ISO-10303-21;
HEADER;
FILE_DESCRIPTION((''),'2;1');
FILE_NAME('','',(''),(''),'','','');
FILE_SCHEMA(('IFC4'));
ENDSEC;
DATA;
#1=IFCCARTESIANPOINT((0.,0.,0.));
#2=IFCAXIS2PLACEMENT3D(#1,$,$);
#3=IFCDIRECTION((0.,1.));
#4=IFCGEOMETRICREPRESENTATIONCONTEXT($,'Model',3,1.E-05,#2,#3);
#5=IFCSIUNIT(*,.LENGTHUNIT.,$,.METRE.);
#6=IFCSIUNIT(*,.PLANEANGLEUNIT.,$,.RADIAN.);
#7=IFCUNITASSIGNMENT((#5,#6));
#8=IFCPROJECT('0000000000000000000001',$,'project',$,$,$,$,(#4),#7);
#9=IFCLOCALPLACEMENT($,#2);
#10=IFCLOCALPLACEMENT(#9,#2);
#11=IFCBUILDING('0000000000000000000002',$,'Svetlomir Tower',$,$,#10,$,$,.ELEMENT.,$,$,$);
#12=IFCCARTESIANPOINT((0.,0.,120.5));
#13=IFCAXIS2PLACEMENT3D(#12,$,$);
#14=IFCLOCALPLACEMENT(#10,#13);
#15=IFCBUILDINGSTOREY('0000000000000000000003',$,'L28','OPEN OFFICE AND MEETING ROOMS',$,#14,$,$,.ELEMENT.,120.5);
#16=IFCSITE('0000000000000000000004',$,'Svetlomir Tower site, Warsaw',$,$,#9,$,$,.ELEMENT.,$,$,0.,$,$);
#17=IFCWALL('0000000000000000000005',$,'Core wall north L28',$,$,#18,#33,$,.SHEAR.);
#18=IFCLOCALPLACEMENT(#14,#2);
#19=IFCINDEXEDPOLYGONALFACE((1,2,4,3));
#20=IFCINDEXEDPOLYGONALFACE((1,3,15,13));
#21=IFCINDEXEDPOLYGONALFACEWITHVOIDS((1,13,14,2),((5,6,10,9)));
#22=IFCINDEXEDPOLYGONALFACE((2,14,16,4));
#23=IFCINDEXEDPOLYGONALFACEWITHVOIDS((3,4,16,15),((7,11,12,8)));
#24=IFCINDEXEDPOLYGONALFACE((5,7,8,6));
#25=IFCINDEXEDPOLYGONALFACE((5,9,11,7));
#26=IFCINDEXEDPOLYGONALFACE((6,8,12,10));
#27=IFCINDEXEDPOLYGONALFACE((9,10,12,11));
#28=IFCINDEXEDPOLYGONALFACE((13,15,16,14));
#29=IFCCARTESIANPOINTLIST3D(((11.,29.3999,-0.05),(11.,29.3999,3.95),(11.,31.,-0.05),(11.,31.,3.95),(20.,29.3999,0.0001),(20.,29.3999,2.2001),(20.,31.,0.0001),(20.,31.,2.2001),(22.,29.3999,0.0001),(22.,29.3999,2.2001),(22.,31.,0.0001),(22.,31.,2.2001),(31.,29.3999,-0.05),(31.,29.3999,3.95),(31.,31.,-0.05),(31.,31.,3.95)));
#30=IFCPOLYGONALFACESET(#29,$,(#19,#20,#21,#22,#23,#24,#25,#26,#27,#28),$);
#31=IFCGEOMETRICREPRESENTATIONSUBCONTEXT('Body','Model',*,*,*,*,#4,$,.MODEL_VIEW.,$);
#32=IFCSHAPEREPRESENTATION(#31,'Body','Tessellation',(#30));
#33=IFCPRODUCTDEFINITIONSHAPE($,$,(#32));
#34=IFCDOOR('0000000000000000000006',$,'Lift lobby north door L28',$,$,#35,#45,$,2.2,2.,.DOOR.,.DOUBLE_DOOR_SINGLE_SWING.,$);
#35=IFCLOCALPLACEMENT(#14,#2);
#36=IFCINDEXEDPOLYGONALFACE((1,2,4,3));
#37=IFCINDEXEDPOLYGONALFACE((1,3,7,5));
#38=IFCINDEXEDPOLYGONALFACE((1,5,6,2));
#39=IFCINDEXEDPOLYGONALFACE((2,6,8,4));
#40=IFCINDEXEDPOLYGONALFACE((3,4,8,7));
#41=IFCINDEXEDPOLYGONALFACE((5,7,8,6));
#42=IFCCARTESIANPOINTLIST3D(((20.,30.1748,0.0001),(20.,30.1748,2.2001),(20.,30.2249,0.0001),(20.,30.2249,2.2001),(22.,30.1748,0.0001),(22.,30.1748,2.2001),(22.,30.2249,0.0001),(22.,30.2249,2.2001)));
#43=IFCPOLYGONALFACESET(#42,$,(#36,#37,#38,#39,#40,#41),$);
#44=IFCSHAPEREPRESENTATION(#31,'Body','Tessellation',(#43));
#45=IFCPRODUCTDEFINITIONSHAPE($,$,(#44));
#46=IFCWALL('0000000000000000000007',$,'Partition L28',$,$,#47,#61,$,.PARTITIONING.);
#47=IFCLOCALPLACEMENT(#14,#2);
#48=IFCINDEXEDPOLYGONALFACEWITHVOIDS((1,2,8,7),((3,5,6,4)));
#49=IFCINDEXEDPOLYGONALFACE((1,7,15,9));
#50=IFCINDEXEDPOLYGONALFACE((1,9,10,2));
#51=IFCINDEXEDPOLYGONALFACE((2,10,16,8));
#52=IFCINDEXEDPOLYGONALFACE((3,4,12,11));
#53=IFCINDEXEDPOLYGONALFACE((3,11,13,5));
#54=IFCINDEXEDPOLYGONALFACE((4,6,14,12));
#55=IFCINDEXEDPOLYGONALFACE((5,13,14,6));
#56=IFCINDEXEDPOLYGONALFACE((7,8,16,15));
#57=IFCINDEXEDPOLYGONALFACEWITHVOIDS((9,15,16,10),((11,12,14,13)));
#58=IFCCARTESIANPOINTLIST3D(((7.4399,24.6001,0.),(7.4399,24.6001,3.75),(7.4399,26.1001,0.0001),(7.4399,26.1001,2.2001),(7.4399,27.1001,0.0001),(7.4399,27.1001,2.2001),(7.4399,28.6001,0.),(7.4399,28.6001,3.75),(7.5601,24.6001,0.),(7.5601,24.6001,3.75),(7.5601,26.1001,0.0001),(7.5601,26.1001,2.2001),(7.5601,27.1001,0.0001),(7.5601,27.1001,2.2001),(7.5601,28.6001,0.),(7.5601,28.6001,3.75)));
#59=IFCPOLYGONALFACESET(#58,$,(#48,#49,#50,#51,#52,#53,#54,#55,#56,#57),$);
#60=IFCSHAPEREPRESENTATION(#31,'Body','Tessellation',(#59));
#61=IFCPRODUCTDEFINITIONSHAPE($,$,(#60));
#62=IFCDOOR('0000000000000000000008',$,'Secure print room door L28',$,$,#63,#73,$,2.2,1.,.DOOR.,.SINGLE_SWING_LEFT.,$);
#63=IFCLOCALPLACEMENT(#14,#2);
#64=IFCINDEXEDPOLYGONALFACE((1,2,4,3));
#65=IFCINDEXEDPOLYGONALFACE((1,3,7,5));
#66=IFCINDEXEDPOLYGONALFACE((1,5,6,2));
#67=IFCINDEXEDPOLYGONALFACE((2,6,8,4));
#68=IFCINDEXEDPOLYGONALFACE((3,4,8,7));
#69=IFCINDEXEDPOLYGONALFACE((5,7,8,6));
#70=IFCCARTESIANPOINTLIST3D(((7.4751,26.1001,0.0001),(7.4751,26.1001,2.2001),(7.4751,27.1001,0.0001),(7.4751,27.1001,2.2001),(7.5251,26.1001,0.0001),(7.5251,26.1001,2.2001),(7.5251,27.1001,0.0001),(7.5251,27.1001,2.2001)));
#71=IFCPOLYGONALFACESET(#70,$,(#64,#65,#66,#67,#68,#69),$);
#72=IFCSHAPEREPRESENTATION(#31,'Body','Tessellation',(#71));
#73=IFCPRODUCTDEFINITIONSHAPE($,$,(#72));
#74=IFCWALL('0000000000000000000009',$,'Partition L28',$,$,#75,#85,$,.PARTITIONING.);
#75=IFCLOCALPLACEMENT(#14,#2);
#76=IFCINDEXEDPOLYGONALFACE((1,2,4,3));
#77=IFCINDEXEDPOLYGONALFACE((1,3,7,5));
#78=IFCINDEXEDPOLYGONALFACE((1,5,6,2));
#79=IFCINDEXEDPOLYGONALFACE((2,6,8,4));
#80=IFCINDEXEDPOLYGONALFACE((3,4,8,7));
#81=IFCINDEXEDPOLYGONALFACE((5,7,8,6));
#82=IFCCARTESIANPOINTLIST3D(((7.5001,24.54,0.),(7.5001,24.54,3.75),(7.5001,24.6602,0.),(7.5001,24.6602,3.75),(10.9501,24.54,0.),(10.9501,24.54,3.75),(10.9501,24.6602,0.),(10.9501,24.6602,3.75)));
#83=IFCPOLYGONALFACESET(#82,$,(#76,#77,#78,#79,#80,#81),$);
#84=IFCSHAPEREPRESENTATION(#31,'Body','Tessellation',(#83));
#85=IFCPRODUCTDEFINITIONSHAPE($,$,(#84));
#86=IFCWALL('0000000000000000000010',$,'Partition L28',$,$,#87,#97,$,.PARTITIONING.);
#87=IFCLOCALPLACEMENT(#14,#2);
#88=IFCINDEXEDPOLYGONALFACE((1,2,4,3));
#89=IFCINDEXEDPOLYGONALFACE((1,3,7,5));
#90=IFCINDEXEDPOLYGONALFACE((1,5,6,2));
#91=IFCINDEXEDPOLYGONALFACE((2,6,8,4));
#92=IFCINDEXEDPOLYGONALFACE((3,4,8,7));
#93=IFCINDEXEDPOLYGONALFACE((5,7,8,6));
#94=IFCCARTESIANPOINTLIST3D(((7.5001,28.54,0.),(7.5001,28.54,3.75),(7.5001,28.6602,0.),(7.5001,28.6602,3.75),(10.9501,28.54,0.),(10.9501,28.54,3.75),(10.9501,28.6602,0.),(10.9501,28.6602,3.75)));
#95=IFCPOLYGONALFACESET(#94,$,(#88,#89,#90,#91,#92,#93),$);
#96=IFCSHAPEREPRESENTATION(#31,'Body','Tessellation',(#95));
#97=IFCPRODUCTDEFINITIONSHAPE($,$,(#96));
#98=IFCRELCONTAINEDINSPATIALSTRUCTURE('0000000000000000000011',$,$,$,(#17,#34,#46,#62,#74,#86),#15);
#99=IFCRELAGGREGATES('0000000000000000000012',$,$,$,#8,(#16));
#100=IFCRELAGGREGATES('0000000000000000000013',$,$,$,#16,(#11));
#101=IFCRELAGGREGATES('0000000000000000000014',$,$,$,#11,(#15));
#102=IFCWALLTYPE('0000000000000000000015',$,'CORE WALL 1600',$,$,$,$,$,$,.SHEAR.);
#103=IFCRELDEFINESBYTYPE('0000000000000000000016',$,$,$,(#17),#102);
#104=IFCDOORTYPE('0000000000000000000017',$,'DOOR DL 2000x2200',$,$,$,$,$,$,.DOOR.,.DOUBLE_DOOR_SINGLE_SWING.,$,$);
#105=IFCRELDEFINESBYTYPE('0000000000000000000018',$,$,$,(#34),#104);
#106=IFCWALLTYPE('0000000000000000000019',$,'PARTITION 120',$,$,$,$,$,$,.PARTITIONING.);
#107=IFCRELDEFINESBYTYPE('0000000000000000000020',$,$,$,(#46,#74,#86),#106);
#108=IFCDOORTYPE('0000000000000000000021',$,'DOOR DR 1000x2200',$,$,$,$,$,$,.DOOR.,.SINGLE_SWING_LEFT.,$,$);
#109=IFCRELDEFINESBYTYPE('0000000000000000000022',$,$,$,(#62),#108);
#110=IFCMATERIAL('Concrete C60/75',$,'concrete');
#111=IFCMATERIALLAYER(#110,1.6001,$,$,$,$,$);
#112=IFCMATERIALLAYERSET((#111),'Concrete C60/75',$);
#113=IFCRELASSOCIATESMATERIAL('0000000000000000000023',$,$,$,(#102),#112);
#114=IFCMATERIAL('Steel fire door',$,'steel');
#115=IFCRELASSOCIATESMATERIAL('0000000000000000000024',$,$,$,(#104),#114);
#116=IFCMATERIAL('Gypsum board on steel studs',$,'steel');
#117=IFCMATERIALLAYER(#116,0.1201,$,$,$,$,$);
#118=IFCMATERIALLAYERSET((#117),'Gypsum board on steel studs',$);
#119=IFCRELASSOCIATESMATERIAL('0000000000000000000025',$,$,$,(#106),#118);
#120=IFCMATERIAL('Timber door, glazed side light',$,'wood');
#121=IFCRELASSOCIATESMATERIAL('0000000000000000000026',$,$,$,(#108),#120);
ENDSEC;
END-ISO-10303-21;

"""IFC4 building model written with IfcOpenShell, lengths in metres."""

from ifc_helpers import new_model, si_unit, direction, frame, frame_2d, origin, place, context, subcontext, project, spatial, rectangle, extrude, material, layer, layer_set, type_object, element, fill, save


model = new_model("IFC4")

# Units and contexts
model_context = context("Model", 3, precision=1e-05, world=origin(), true_north=direction((0.0, 1.0)))
body_context = subcontext(model_context, "Body", "Model", "MODEL_VIEW")
ifc_project = project(units=[si_unit("LENGTHUNIT", "METRE"), si_unit("PLANEANGLEUNIT", "RADIAN")], contexts=[model_context])

# Site, building, storey
site_placement = place(None, origin())
site = spatial("IfcSite", under=ifc_project, at=site_placement, Name="Svetlomir Tower site, Warsaw", CompositionType="ELEMENT", RefElevation=0.0)
building_placement = place(site_placement, origin())
building = spatial("IfcBuilding", under=site, at=building_placement, Name="Svetlomir Tower", CompositionType="ELEMENT")
storey_placement = place(building_placement, frame((0.0, 0.0, 120.5)))
storey = spatial("IfcBuildingStorey", under=building, at=storey_placement, Name="L28", Description="OPEN OFFICE AND MEETING ROOMS", CompositionType="ELEMENT", Elevation=120.5)

# Walls, openings, doors
ifc_material_1 = material(Name="Concrete C60/75", Category="concrete")
ifc_layer_1 = layer(ifc_material_1, 1.6001)
ifc_layer_set_1 = layer_set([ifc_layer_1], Name="Concrete C60/75")
wall_type_1 = type_object("IfcWallType", Name="CORE WALL 1600", PredefinedType="SHEAR", material=ifc_layer_set_1)
wall_1_placement = place(storey_placement, frame((11.0, 30.2, -0.05), z_axis=(0.0, 0.0, 1.0), x_axis=(1.0, 0.0, 0.0)))
wall_1 = element("IfcWall", 1, at=wall_1_placement, inside=storey, type_object=wall_type_1, Name="Core wall north L28", PredefinedType="SHEAR", context=body_context, shape_type="SweptSolid", body=[
    extrude(rectangle(XDim=20.0, YDim=1.6001, at=frame_2d((10.0, 0.0))), origin(), (0.0, 0.0, 1.0), 4.0),
])
opening_1_placement = place(wall_1_placement, frame((9.0, 0.0, 0.05)))
opening_1 = element("IfcOpeningElement", 2, at=opening_1_placement, cuts=wall_1, PredefinedType="OPENING", context=body_context, shape_type="SweptSolid", body=[
    extrude(rectangle(XDim=2.0, YDim=2.2, at=frame_2d((1.0, 1.1001))), frame((0.0, 0.8101, 0.0), z_axis=(0.0, -1.0, 0.0), x_axis=(1.0, 0.0, 0.0)), (0.0, 0.0, 1.0), 1.6201),
])
ifc_material_2 = material(Name="Steel fire door", Category="steel")
door_type_1 = type_object("IfcDoorType", Name="DOOR DL 2000x2200", OperationType="DOUBLE_DOOR_SINGLE_SWING", PredefinedType="DOOR", material=ifc_material_2)
door_1_placement = place(opening_1_placement, origin())
door_1 = element("IfcDoor", 3, at=door_1_placement, inside=storey, type_object=door_type_1, Name="Lift lobby north door L28", OperationType="DOUBLE_DOOR_SINGLE_SWING", OverallHeight=2.2, OverallWidth=2.0, PredefinedType="DOOR", context=body_context, shape_type="SweptSolid", body=[
    extrude(rectangle(XDim=2.0, YDim=2.2, at=frame_2d((1.0, 1.1001))), frame((0.0, 0.0249, 0.0), z_axis=(0.0, -1.0, 0.0), x_axis=(1.0, 0.0, 0.0)), (0.0, 0.0, 1.0), 0.05),
])
fill(opening_1, door_1)
ifc_material_3 = material(Name="Gypsum board on steel studs", Category="steel")
ifc_layer_2 = layer(ifc_material_3, 0.1201)
ifc_layer_set_2 = layer_set([ifc_layer_2], Name="Gypsum board on steel studs")
wall_type_2 = type_object("IfcWallType", Name="PARTITION 120", PredefinedType="PARTITIONING", material=ifc_layer_set_2)
wall_2_placement = place(storey_placement, frame((7.5, 24.6001, 0.0), z_axis=(0.0, 0.0, 1.0), x_axis=(0.0, 1.0, 0.0)))
wall_2 = element("IfcWall", 4, at=wall_2_placement, inside=storey, type_object=wall_type_2, Name="Partition L28", PredefinedType="PARTITIONING", context=body_context, shape_type="SweptSolid", body=[
    extrude(rectangle(XDim=4.0, YDim=0.1201, at=frame_2d((2.0, 0.0))), origin(), (0.0, 0.0, 1.0), 3.75),
])
opening_2_placement = place(wall_2_placement, frame((1.5, 0.0, 0.0)))
opening_2 = element("IfcOpeningElement", 5, at=opening_2_placement, cuts=wall_2, PredefinedType="OPENING", context=body_context, shape_type="SweptSolid", body=[
    extrude(rectangle(XDim=1.0, YDim=2.2, at=frame_2d((0.5, 1.1001))), frame((0.0, 0.0701, 0.0), z_axis=(0.0, -1.0, 0.0), x_axis=(1.0, 0.0, 0.0)), (0.0, 0.0, 1.0), 0.1401),
])
ifc_material_4 = material(Name="Timber door, glazed side light", Category="wood")
door_type_2 = type_object("IfcDoorType", Name="DOOR DR 1000x2200", OperationType="SINGLE_SWING_LEFT", PredefinedType="DOOR", material=ifc_material_4)
door_2_placement = place(opening_2_placement, origin())
door_2 = element("IfcDoor", 6, at=door_2_placement, inside=storey, type_object=door_type_2, Name="Secure print room door L28", OperationType="SINGLE_SWING_LEFT", OverallHeight=2.2, OverallWidth=1.0, PredefinedType="DOOR", context=body_context, shape_type="SweptSolid", body=[
    extrude(rectangle(XDim=1.0, YDim=2.2, at=frame_2d((0.5, 1.1001))), frame((0.0, 0.0249, 0.0), z_axis=(0.0, -1.0, 0.0), x_axis=(1.0, 0.0, 0.0)), (0.0, 0.0, 1.0), 0.05),
])
fill(opening_2, door_2)

# Walls
for number, where, z_axis, x_axis, name in (
    (7, (7.5, 24.6001, 0.0), (0.0, 0.0, 1.0), (1.0, 0.0, 0.0), "Partition L28"),
    (8, (7.5, 28.6001, 0.0), (0.0, 0.0, 1.0), (1.0, 0.0, 0.0), "Partition L28"),
):
    element("IfcWall", number, at=place(storey_placement, frame(where, z_axis=z_axis, x_axis=x_axis)), inside=storey, type_object=wall_type_2, Name=name, PredefinedType="PARTITIONING", context=body_context, shape_type="SweptSolid", body=[
        extrude(rectangle(XDim=3.45, YDim=0.1201, at=frame_2d((1.7251, 0.0))), origin(), (0.0, 0.0, 1.0), 3.75),
    ])

save(model, "model.ifc")
